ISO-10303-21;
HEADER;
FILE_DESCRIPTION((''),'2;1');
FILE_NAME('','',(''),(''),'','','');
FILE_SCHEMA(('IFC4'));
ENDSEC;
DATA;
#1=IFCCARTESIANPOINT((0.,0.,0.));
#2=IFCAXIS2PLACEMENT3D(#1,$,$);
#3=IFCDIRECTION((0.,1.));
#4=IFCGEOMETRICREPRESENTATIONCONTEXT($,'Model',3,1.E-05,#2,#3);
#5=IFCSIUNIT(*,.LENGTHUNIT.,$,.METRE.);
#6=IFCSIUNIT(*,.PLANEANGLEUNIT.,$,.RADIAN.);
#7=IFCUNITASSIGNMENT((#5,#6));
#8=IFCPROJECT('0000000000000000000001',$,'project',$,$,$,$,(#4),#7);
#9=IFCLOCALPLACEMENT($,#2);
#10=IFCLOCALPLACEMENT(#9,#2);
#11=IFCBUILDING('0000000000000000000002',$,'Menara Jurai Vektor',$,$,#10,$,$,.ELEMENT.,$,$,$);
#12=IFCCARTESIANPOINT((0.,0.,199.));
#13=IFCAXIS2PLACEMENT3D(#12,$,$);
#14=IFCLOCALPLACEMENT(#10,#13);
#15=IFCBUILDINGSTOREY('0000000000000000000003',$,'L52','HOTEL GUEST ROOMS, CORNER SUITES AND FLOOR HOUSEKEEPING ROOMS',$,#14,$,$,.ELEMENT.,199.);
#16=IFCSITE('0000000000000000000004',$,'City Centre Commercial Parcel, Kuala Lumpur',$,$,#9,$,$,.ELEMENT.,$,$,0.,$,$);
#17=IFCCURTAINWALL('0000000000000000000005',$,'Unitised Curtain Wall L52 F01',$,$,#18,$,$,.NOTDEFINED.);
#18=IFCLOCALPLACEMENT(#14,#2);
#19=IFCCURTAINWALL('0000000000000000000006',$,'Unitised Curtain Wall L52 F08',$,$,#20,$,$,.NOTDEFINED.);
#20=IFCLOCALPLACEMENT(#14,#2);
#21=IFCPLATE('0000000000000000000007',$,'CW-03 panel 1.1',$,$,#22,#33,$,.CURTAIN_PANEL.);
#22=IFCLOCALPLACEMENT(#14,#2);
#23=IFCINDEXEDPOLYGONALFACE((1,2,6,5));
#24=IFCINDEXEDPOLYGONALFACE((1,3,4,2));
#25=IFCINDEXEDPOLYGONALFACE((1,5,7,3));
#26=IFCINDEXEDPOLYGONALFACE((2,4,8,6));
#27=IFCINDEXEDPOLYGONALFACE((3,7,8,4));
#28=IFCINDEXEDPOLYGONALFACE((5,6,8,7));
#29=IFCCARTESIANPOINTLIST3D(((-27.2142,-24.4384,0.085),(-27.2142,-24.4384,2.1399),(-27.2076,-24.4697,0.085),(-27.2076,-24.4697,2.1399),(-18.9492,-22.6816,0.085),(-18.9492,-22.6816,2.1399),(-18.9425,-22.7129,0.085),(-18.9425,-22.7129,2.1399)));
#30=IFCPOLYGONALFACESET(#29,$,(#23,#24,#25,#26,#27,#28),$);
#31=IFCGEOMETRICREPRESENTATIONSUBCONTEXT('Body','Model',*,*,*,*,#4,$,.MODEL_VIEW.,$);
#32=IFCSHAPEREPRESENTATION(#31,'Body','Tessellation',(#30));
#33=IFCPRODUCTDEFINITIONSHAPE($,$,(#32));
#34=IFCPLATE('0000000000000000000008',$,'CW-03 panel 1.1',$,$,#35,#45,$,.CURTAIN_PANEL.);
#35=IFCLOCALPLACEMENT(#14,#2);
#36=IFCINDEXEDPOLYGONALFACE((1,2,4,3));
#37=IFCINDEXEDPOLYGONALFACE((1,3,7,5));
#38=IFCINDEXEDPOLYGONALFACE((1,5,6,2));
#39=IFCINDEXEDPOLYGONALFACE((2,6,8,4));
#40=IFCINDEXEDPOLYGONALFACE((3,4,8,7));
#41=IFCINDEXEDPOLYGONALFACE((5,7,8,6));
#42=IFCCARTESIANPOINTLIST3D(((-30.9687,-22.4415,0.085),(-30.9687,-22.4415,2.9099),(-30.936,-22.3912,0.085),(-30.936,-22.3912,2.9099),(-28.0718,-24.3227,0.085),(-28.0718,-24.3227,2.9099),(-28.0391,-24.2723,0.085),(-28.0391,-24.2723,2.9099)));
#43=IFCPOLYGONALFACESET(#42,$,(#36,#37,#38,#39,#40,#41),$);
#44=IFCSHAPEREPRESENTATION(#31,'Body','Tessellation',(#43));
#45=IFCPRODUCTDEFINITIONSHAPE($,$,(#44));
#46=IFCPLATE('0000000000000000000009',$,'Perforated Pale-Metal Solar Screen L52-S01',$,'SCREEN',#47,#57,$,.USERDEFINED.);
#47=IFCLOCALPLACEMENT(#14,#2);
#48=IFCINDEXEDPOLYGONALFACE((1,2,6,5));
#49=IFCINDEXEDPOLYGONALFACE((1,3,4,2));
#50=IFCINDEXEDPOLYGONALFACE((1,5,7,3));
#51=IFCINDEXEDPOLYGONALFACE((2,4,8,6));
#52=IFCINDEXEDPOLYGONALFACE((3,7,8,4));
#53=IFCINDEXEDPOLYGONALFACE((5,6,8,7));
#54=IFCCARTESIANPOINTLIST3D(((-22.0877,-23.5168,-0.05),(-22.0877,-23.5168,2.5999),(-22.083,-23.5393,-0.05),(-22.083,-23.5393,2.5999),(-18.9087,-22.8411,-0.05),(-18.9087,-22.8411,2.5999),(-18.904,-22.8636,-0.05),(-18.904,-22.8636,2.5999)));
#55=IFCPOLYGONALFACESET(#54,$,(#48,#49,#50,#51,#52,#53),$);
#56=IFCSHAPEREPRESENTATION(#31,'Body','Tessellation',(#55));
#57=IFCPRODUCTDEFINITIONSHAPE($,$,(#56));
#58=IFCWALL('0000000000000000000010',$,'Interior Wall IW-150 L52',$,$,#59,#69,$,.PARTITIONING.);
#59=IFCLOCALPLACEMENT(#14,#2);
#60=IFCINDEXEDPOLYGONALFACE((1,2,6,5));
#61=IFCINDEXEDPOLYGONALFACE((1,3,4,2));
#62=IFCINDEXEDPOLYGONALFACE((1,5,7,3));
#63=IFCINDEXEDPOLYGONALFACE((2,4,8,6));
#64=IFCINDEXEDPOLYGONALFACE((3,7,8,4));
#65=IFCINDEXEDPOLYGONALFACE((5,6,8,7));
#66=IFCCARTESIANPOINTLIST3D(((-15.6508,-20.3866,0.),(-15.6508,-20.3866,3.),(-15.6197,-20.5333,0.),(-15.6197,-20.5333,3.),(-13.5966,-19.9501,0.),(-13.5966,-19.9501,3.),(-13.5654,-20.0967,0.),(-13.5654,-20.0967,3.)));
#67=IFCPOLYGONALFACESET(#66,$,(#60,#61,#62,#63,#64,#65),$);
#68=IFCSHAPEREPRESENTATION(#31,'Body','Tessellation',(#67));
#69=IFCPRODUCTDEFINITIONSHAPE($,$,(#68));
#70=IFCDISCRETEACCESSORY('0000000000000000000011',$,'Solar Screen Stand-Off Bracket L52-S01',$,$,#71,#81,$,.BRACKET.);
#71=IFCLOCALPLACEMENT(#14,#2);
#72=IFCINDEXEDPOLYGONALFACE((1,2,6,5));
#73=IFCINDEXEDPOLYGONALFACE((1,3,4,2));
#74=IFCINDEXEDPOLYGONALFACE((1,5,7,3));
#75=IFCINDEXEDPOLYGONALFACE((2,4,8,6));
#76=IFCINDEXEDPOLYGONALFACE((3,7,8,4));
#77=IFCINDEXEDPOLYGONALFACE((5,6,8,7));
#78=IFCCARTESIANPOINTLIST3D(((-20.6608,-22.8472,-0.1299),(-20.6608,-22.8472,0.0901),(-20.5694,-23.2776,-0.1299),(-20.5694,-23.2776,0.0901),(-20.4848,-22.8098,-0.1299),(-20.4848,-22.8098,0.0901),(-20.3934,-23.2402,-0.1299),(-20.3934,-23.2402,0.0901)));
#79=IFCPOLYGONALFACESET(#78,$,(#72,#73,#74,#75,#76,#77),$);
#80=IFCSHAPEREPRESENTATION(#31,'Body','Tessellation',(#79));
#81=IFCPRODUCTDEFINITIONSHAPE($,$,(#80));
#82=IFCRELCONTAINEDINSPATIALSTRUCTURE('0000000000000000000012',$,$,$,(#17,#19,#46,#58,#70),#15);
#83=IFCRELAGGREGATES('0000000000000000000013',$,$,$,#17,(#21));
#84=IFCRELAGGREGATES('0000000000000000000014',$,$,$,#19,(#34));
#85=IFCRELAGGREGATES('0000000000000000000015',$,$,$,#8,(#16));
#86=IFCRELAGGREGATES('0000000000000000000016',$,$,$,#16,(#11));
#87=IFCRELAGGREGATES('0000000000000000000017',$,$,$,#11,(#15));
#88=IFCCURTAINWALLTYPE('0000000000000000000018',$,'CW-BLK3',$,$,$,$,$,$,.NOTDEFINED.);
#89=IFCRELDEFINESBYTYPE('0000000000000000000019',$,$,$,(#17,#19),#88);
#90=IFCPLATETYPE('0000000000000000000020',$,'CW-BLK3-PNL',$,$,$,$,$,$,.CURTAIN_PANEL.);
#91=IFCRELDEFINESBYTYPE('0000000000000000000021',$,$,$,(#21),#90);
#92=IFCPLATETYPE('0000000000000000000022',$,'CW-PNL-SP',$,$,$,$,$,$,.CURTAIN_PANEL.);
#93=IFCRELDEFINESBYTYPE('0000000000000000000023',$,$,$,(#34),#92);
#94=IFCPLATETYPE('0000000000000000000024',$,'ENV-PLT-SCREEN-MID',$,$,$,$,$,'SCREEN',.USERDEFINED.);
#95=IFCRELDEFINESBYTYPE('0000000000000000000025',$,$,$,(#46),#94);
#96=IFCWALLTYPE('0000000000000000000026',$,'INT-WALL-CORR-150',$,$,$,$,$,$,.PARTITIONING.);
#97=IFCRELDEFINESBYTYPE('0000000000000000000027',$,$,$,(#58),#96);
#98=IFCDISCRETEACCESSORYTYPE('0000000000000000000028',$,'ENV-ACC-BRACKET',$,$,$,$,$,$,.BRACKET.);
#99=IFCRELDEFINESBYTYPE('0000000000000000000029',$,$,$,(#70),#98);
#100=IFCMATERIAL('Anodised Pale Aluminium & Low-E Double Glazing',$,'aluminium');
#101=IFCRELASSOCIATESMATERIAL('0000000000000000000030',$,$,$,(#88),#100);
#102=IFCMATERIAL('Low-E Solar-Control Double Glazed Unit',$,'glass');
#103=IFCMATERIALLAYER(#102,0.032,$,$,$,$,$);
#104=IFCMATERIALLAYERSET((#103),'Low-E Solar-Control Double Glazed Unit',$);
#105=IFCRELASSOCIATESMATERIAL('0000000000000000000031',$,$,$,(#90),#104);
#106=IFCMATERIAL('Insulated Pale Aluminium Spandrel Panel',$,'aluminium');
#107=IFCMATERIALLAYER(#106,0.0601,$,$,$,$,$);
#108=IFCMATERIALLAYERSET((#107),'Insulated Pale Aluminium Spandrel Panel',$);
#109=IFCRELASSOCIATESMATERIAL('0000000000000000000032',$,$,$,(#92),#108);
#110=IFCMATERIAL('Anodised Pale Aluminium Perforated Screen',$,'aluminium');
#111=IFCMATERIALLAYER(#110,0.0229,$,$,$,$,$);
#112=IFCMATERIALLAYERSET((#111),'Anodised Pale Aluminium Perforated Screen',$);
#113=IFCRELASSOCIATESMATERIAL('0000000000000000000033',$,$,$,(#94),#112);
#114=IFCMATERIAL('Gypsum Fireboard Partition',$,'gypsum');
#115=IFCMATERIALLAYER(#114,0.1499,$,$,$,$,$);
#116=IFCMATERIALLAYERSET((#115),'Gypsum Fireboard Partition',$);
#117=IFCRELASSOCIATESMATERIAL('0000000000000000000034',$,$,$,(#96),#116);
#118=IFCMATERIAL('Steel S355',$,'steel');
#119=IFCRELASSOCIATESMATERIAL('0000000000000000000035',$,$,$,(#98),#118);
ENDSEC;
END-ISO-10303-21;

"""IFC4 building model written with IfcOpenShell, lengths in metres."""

from ifc_helpers import new_model, si_unit, direction, frame, frame_2d, origin, origin_2d, place, context, subcontext, project, spatial, rectangle, extrude, material, layer, layer_set, type_object, element, aggregate, save


model = new_model("IFC4")

# Units and contexts
model_context = context("Model", 3, precision=1e-05, world=origin(), true_north=direction((0.0, 1.0)))
body_context = subcontext(model_context, "Body", "Model", "MODEL_VIEW")
ifc_project = project(units=[si_unit("LENGTHUNIT", "METRE"), si_unit("PLANEANGLEUNIT", "RADIAN")], contexts=[model_context])

# Site, building, storey
site_placement = place(None, origin())
site = spatial("IfcSite", under=ifc_project, at=site_placement, Name="City Centre Commercial Parcel, Kuala Lumpur", CompositionType="ELEMENT", RefElevation=0.0)
building_placement = place(site_placement, origin())
building = spatial("IfcBuilding", under=site, at=building_placement, Name="Menara Jurai Vektor", CompositionType="ELEMENT")
storey_placement = place(building_placement, frame((0.0, 0.0, 199.0)))
storey = spatial("IfcBuildingStorey", under=building, at=storey_placement, Name="L52", Description="HOTEL GUEST ROOMS, CORNER SUITES AND FLOOR HOUSEKEEPING ROOMS", CompositionType="ELEMENT", Elevation=199.0)

# Curtain wall
ifc_material_1 = material(Name="Anodised Pale Aluminium & Low-E Double Glazing", Category="aluminium")
curtain_wall_type = type_object("IfcCurtainWallType", Name="CW-BLK3", PredefinedType="NOTDEFINED", material=ifc_material_1)
curtain_wall_1_placement = place(storey_placement, origin())
curtain_wall_1 = element("IfcCurtainWall", 1, at=curtain_wall_1_placement, inside=storey, type_object=curtain_wall_type, Name="Unitised Curtain Wall L52 F01", PredefinedType="NOTDEFINED")

# Curtain wall
curtain_wall_2_placement = place(storey_placement, origin())
curtain_wall_2 = element("IfcCurtainWall", 2, at=curtain_wall_2_placement, inside=storey, type_object=curtain_wall_type, Name="Unitised Curtain Wall L52 F08", PredefinedType="NOTDEFINED")

# Shared definitions
ifc_material_2 = material(Name="Steel S355", Category="steel")

# Plates
ifc_material_3 = material(Name="Low-E Solar-Control Double Glazed Unit", Category="glass")
ifc_layer_1 = layer(ifc_material_3, 0.032)
ifc_layer_set_1 = layer_set([ifc_layer_1], Name="Low-E Solar-Control Double Glazed Unit")
plate_type_1 = type_object("IfcPlateType", Name="CW-BLK3-PNL", PredefinedType="CURTAIN_PANEL", material=ifc_layer_set_1)
plate_1_placement = place(storey_placement, frame((-23.0784, -23.5757, 0.085), z_axis=(0.0, 0.0, 1.0), x_axis=(0.978148, 0.207911, 0.0)))
plate_1 = element("IfcPlate", 3, at=plate_1_placement, type_object=plate_type_1, Name="CW-03 panel 1.1", PredefinedType="CURTAIN_PANEL", context=body_context, shape_type="SweptSolid", body=[
    extrude(rectangle(XDim=8.4497, YDim=0.032, at=origin_2d()), origin(), (0.0, 0.0, 1.0), 2.0549),
])
aggregate(curtain_wall_1, [plate_1])
ifc_material_4 = material(Name="Insulated Pale Aluminium Spandrel Panel", Category="aluminium")
ifc_layer_2 = layer(ifc_material_4, 0.0601)
ifc_layer_set_2 = layer_set([ifc_layer_2], Name="Insulated Pale Aluminium Spandrel Panel")
plate_type_2 = type_object("IfcPlateType", Name="CW-PNL-SP", PredefinedType="CURTAIN_PANEL", material=ifc_layer_set_2)
plate_2_placement = place(storey_placement, frame((-29.5039, -23.3569, 0.085), z_axis=(0.0, 0.0, 1.0), x_axis=(0.838684, -0.544618, 0.0)))
plate_2 = element("IfcPlate", 4, at=plate_2_placement, type_object=plate_type_2, Name="CW-03 panel 1.1", PredefinedType="CURTAIN_PANEL", context=body_context, shape_type="SweptSolid", body=[
    extrude(rectangle(XDim=3.4541, YDim=0.0601, at=origin_2d()), origin(), (0.0, 0.0, 1.0), 2.825),
])
aggregate(curtain_wall_2, [plate_2])
ifc_material_5 = material(Name="Anodised Pale Aluminium Perforated Screen", Category="aluminium")
ifc_layer_3 = layer(ifc_material_5, 0.0229)
ifc_layer_set_3 = layer_set([ifc_layer_3], Name="Anodised Pale Aluminium Perforated Screen")
plate_type_3 = type_object("IfcPlateType", Name="ENV-PLT-SCREEN-MID", ElementType="SCREEN", PredefinedType="USERDEFINED", material=ifc_layer_set_3)
plate_3_placement = place(storey_placement, frame((-20.4958, -23.1902, -0.05), z_axis=(0.0, 0.0, 1.0), x_axis=(0.978148, 0.207912, 0.0)))
element("IfcPlate", 5, at=plate_3_placement, inside=storey, type_object=plate_type_3, Name="Perforated Pale-Metal Solar Screen L52-S01", ObjectType="SCREEN", PredefinedType="USERDEFINED", context=body_context, shape_type="SweptSolid", body=[
    extrude(rectangle(XDim=3.25, YDim=0.0229, at=origin_2d()), origin(), (0.0, 0.0, 1.0), 2.6499),
])

# Shared definitions
ifc_material_6 = material(Name="Gypsum Fireboard Partition", Category="gypsum")
ifc_layer_4 = layer(ifc_material_6, 0.1499)
ifc_layer_set_4 = layer_set([ifc_layer_4], Name="Gypsum Fireboard Partition")
wall_type = type_object("IfcWallType", Name="INT-WALL-CORR-150", PredefinedType="PARTITIONING", material=ifc_layer_set_4)

# Wall
wall_1_placement = place(storey_placement, frame((-15.6353, -20.46, 0.0), z_axis=(0.0, 0.0, 1.0), x_axis=(0.978158, 0.207862, 0.0)))
element("IfcWall", 6, at=wall_1_placement, inside=storey, type_object=wall_type, Name="Interior Wall IW-150 L52", PredefinedType="PARTITIONING", context=body_context, shape_type="SweptSolid", body=[
    extrude(rectangle(XDim=2.1001, YDim=0.1499, at=frame_2d((1.05, 0.0))), origin(), (0.0, 0.0, 1.0), 3.0),
])

# Discrete accessory
discrete_accessory_type = type_object("IfcDiscreteAccessoryType", Name="ENV-ACC-BRACKET", PredefinedType="BRACKET", material=ifc_material_2)
discrete_accessory_placement = place(storey_placement, frame((-20.5271, -23.0437, -0.1299), z_axis=(0.0, 0.0, 1.0), x_axis=(0.978148, 0.207912, 0.0)))
element("IfcDiscreteAccessory", 7, at=discrete_accessory_placement, inside=storey, type_object=discrete_accessory_type, Name="Solar Screen Stand-Off Bracket L52-S01", PredefinedType="BRACKET", context=body_context, shape_type="SweptSolid", body=[
    extrude(rectangle(XDim=0.1799, YDim=0.4399, at=origin_2d()), origin(), (0.0, 0.0, 1.0), 0.22),
])

save(model, "model.ifc")
